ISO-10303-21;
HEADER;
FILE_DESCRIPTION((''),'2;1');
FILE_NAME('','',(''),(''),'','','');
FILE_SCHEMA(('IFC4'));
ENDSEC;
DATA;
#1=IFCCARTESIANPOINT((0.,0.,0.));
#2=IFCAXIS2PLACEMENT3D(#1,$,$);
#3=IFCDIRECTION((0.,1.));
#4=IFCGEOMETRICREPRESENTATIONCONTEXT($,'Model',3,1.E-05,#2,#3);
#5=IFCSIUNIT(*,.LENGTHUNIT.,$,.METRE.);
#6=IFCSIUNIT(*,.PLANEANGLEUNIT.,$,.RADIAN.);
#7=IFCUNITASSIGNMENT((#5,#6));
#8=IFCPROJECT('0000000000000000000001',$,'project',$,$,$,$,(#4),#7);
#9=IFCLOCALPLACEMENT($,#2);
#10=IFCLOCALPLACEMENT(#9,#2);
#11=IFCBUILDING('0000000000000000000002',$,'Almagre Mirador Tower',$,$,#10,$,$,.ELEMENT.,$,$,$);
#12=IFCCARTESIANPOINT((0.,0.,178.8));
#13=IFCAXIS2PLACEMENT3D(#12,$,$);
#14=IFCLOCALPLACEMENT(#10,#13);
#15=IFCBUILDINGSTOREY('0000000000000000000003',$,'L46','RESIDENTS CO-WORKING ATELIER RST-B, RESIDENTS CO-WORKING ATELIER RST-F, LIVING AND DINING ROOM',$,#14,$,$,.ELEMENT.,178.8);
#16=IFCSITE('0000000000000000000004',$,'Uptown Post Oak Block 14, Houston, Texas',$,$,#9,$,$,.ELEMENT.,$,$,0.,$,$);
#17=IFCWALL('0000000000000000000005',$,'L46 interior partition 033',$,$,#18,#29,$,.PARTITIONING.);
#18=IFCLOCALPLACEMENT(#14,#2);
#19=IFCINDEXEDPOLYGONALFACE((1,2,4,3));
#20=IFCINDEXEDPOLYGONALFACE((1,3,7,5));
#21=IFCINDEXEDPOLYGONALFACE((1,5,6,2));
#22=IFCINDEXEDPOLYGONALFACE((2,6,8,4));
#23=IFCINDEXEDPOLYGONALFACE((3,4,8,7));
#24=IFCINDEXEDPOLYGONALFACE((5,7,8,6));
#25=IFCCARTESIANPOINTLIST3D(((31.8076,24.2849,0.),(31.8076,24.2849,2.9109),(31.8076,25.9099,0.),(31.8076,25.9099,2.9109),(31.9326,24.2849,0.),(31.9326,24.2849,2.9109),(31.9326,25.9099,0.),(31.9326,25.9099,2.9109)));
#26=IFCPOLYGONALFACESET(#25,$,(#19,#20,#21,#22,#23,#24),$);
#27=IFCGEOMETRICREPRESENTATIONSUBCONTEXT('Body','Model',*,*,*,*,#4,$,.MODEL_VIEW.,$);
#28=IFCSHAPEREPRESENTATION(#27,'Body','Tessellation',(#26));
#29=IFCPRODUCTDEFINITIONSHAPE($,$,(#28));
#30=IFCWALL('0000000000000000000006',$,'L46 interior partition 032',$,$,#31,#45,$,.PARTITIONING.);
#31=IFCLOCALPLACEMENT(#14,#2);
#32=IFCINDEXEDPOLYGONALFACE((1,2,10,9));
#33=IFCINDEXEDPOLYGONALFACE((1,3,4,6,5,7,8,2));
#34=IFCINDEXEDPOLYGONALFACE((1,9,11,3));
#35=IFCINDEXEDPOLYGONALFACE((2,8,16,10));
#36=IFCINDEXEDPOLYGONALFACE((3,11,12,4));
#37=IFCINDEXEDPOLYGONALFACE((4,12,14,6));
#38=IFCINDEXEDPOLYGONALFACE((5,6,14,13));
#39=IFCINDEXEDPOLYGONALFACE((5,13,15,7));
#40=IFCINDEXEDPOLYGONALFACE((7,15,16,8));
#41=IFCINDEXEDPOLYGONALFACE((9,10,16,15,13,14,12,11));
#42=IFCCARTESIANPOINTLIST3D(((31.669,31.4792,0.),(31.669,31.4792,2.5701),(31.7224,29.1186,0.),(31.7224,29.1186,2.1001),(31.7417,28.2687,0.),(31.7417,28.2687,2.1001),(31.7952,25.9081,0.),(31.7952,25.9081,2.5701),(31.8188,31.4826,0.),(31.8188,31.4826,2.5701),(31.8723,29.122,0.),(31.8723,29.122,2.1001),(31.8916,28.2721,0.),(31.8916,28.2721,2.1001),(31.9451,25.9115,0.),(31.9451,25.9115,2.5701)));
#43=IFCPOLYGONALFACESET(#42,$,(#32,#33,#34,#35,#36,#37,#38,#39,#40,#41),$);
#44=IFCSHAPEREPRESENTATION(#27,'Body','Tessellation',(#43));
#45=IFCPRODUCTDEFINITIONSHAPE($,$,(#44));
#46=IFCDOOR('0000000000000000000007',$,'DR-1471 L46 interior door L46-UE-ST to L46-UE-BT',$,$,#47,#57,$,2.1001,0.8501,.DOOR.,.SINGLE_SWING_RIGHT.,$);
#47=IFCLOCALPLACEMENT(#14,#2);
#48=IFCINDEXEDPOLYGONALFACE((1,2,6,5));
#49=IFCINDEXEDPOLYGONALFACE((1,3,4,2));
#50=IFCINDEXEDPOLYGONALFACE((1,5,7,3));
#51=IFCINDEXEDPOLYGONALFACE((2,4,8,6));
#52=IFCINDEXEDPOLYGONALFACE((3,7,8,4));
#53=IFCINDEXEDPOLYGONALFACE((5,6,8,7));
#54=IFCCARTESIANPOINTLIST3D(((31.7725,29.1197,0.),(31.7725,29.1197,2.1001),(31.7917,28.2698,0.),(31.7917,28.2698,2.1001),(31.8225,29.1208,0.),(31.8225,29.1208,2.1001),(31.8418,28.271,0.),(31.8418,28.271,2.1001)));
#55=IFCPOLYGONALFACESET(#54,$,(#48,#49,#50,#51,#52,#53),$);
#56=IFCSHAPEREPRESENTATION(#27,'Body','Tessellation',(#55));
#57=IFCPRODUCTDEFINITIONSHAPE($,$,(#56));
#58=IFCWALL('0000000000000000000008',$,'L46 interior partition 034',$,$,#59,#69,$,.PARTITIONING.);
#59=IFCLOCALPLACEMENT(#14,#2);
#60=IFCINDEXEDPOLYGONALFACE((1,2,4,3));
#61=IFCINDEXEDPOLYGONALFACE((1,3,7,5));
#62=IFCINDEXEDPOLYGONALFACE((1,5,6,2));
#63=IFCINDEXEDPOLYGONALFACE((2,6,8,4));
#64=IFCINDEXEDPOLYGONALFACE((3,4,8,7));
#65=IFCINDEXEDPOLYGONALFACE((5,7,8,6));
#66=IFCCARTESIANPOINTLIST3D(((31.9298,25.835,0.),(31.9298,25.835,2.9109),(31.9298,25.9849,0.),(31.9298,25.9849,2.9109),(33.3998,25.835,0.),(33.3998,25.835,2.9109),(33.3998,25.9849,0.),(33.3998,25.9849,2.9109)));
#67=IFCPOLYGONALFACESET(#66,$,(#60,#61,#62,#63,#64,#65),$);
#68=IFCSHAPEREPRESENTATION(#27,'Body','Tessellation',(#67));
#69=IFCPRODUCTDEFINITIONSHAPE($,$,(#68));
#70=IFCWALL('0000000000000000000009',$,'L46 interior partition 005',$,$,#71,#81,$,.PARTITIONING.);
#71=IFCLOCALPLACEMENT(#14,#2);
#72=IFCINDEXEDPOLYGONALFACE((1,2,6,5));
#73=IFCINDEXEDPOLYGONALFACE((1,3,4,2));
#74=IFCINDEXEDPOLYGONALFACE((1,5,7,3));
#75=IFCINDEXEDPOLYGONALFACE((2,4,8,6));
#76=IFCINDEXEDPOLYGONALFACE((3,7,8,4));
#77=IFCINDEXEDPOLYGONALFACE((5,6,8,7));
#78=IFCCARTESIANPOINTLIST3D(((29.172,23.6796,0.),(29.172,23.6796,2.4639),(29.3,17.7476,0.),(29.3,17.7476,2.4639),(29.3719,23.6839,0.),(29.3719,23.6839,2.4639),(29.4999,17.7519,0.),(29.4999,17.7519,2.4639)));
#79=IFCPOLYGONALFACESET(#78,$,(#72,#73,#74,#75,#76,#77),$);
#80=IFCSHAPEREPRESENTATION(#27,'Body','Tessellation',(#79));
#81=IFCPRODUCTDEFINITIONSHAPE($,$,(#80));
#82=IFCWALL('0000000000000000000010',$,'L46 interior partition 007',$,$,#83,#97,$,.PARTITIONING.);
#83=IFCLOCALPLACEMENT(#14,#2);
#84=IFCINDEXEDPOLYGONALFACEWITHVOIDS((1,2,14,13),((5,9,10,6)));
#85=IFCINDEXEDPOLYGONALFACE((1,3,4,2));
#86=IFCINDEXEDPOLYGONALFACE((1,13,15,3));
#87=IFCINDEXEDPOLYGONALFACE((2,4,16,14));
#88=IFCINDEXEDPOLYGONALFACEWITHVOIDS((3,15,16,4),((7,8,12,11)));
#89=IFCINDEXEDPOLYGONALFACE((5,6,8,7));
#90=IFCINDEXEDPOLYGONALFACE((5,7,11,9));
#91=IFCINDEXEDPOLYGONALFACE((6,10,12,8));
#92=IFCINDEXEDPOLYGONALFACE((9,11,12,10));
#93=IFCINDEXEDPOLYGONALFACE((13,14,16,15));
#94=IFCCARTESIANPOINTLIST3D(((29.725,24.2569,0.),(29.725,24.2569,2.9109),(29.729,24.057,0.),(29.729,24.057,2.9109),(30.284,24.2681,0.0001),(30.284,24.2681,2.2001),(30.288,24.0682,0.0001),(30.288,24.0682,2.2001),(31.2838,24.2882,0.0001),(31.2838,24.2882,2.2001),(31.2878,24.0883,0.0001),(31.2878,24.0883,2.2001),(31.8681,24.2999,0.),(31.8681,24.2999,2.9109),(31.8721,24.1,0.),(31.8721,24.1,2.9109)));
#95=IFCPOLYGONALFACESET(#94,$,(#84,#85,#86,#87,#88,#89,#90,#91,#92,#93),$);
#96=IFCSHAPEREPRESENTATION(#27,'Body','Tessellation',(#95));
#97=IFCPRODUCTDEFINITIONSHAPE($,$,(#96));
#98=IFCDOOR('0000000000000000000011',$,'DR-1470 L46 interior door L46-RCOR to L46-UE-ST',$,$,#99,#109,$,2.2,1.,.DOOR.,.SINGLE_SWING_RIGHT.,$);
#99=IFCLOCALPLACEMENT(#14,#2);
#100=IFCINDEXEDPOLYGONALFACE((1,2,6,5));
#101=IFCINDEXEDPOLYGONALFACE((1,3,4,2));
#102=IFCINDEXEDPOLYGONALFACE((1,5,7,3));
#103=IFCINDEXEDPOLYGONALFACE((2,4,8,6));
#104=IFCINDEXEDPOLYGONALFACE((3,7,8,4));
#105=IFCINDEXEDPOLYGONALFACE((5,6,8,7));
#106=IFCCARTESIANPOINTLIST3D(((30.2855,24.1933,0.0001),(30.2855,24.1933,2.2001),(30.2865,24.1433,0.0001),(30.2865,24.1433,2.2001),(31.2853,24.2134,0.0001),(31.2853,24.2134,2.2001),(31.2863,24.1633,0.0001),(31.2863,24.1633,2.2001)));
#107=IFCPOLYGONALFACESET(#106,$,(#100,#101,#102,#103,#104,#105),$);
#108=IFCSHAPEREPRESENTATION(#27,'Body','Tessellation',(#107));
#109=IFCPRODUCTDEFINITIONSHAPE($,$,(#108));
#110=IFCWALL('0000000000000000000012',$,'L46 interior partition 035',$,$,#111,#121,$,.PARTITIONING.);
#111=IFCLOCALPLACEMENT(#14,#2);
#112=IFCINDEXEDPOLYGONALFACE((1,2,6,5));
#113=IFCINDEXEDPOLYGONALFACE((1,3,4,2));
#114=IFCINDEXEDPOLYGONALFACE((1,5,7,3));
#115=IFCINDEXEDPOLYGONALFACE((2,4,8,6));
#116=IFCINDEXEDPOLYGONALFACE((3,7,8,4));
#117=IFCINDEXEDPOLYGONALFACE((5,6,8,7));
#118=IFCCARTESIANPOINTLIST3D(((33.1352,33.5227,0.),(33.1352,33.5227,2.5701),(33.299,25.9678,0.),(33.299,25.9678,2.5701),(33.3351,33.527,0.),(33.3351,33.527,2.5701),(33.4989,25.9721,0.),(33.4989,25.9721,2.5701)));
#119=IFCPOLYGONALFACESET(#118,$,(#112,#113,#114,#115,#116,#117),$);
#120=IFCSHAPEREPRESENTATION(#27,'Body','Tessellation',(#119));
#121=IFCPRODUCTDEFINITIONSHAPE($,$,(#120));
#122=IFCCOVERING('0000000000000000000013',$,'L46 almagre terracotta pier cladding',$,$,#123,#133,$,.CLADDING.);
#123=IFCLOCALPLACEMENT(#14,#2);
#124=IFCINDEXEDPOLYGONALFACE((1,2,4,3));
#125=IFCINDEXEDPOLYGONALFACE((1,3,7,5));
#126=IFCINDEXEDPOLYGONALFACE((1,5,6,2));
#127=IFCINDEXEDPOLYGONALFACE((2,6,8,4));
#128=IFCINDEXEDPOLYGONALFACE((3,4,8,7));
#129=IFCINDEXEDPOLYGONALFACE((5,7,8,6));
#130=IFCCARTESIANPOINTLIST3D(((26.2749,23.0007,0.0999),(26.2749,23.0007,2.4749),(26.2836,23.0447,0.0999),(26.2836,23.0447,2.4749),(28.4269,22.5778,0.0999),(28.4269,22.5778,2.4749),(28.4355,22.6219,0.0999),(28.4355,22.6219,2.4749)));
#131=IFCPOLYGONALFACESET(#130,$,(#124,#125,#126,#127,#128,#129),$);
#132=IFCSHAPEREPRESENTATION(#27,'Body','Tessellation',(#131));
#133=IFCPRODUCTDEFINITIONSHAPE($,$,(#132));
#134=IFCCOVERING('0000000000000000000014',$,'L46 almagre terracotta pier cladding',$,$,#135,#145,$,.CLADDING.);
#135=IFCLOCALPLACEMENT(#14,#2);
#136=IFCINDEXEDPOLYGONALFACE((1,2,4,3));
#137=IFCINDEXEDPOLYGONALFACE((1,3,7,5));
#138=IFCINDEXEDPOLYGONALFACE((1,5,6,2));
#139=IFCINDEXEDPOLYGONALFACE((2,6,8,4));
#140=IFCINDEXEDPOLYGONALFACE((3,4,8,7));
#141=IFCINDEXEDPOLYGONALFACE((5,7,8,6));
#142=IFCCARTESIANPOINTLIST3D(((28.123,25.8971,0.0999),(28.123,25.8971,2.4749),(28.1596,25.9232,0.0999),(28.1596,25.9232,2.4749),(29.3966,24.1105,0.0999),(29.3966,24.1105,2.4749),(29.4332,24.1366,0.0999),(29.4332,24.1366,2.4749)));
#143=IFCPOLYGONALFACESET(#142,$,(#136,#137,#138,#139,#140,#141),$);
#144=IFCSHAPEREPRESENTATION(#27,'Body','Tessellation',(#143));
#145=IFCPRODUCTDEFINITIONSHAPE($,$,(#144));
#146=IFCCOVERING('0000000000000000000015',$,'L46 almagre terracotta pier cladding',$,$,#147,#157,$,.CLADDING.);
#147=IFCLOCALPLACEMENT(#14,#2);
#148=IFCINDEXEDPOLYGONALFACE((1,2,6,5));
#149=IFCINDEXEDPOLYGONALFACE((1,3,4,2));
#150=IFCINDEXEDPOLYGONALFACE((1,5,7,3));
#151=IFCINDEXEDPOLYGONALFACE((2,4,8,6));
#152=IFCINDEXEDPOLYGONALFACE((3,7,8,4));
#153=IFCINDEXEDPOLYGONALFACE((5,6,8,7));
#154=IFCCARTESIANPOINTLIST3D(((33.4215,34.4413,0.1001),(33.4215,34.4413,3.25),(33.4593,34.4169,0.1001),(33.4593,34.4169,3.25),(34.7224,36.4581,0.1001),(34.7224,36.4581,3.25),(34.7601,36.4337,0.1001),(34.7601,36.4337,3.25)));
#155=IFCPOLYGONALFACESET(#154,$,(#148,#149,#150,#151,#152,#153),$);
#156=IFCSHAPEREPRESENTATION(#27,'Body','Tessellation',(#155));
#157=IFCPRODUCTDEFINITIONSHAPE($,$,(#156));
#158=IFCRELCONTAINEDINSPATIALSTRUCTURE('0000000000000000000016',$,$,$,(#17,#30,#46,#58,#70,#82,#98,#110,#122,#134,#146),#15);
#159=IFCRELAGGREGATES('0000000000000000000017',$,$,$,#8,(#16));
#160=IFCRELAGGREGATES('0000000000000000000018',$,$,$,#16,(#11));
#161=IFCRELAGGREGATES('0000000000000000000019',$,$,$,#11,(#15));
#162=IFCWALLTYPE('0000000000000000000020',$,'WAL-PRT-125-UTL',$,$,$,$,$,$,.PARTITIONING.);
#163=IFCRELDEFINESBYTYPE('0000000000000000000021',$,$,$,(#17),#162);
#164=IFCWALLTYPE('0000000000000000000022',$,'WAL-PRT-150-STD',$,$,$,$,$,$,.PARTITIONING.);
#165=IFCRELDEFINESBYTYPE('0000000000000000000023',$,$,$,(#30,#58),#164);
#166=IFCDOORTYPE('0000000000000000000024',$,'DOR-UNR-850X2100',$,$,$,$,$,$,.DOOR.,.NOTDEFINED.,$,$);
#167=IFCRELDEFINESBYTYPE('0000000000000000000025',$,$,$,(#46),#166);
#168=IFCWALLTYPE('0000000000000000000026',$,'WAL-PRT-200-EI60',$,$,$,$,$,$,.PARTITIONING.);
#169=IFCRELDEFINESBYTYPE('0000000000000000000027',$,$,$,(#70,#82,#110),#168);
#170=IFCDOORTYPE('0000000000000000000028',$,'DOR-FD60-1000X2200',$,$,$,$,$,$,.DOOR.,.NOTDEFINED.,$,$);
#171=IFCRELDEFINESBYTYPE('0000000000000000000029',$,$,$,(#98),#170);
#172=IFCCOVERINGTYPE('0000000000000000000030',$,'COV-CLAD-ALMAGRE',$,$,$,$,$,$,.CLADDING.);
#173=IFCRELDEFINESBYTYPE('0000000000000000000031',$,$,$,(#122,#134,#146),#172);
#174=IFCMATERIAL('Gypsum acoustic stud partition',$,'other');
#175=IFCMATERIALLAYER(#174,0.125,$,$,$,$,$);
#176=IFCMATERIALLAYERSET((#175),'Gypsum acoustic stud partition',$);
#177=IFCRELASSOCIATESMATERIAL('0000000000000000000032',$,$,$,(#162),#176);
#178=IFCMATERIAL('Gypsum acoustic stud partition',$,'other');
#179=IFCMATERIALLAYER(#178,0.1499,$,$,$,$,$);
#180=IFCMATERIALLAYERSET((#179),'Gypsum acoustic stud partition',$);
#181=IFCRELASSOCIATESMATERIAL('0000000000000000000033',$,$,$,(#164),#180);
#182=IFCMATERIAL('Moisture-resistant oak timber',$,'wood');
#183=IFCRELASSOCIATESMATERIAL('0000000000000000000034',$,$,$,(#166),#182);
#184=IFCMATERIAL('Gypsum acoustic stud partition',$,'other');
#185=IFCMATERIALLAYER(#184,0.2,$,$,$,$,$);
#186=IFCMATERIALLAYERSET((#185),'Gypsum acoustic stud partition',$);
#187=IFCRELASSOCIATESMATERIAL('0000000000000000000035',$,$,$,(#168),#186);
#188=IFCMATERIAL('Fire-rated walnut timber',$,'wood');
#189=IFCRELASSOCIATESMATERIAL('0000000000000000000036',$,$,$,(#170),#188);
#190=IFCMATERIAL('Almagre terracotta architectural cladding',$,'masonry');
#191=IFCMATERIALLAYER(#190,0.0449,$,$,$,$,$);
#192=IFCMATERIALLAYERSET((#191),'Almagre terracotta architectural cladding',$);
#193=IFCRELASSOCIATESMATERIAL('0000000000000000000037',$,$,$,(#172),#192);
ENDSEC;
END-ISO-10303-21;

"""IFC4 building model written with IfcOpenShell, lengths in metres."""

from ifc_helpers import new_model, si_unit, direction, frame, frame_2d, origin, origin_2d, place, context, subcontext, project, spatial, rectangle, extrude, material, layer, layer_set, type_object, element, fill, save


model = new_model("IFC4")

# Units and contexts
model_context = context("Model", 3, precision=1e-05, world=origin(), true_north=direction((0.0, 1.0)))
body_context = subcontext(model_context, "Body", "Model", "MODEL_VIEW")
ifc_project = project(units=[si_unit("LENGTHUNIT", "METRE"), si_unit("PLANEANGLEUNIT", "RADIAN")], contexts=[model_context])

# Site, building, storey
site_placement = place(None, origin())
site = spatial("IfcSite", under=ifc_project, at=site_placement, Name="Uptown Post Oak Block 14, Houston, Texas", CompositionType="ELEMENT", RefElevation=0.0)
building_placement = place(site_placement, origin())
building = spatial("IfcBuilding", under=site, at=building_placement, Name="Almagre Mirador Tower", CompositionType="ELEMENT")
storey_placement = place(building_placement, frame((0.0, 0.0, 178.8)))
storey = spatial("IfcBuildingStorey", under=building, at=storey_placement, Name="L46", Description="RESIDENTS CO-WORKING ATELIER RST-B, RESIDENTS CO-WORKING ATELIER RST-F, LIVING AND DINING ROOM", CompositionType="ELEMENT", Elevation=178.8)

# Wall
ifc_material_1 = material(Name="Gypsum acoustic stud partition", Category="other")
ifc_layer_1 = layer(ifc_material_1, 0.125)
ifc_layer_set_1 = layer_set([ifc_layer_1], Name="Gypsum acoustic stud partition")
wall_type_1 = type_object("IfcWallType", Name="WAL-PRT-125-UTL", PredefinedType="PARTITIONING", material=ifc_layer_set_1)
wall_1_placement = place(storey_placement, frame((31.8701, 25.9099, 0.0), z_axis=(0.0, 0.0, 1.0), x_axis=(0.0, -1.0, 0.0)))
element("IfcWall", 1, at=wall_1_placement, inside=storey, type_object=wall_type_1, Name="L46 interior partition 033", PredefinedType="PARTITIONING", context=body_context, shape_type="SweptSolid", body=[
    extrude(rectangle(XDim=1.625, YDim=0.125, at=frame_2d((0.8125, 0.0))), origin(), (0.0, 0.0, 1.0), 2.9109),
])

# Wall, opening, door
ifc_material_2 = material(Name="Gypsum acoustic stud partition", Category="other")
ifc_layer_2 = layer(ifc_material_2, 0.1499)
ifc_layer_set_2 = layer_set([ifc_layer_2], Name="Gypsum acoustic stud partition")
wall_type_2 = type_object("IfcWallType", Name="WAL-PRT-150-STD", PredefinedType="PARTITIONING", material=ifc_layer_set_2)
wall_2_placement = place(storey_placement, frame((31.8701, 25.9099, 0.0), z_axis=(0.0, 0.0, 1.0), x_axis=(-0.022651, 0.999743, 0.0)))
wall_2 = element("IfcWall", 2, at=wall_2_placement, inside=storey, type_object=wall_type_2, Name="L46 interior partition 032", PredefinedType="PARTITIONING", context=body_context, shape_type="SweptSolid", body=[
    extrude(rectangle(XDim=5.5725, YDim=0.1499, at=frame_2d((2.7861, 0.0))), origin(), (0.0, 0.0, 1.0), 2.5701),
])
opening_1_placement = place(wall_2_placement, frame((2.3611, 0.0, 0.0)))
opening_1 = element("IfcOpeningElement", 3, at=opening_1_placement, cuts=wall_2, PredefinedType="OPENING", context=body_context, shape_type="SweptSolid", body=[
    extrude(rectangle(XDim=0.8501, YDim=2.1001, at=frame_2d((0.425, 1.05))), frame((0.0, 0.085, 0.0), z_axis=(0.0, -1.0, 0.0), x_axis=(1.0, 0.0, 0.0)), (0.0, 0.0, 1.0), 0.1699),
])
ifc_material_3 = material(Name="Moisture-resistant oak timber", Category="wood")
door_type_1 = type_object("IfcDoorType", Name="DOR-UNR-850X2100", OperationType="NOTDEFINED", PredefinedType="DOOR", material=ifc_material_3)
door_1_placement = place(opening_1_placement, origin())
door_1 = element("IfcDoor", 4, at=door_1_placement, inside=storey, type_object=door_type_1, Name="DR-1471 L46 interior door L46-UE-ST to L46-UE-BT", OperationType="SINGLE_SWING_RIGHT", OverallHeight=2.1001, OverallWidth=0.8501, PredefinedType="DOOR", context=body_context, shape_type="SweptSolid", body=[
    extrude(rectangle(XDim=0.8501, YDim=2.1001, at=frame_2d((0.425, 1.05))), frame((0.0, 0.0249, 0.0), z_axis=(0.0, -1.0, 0.0), x_axis=(1.0, 0.0, 0.0)), (0.0, 0.0, 1.0), 0.05),
])
fill(opening_1, door_1)

# Walls
wall_3_placement = place(storey_placement, frame((31.9299, 25.9099, 0.0), z_axis=(0.0, 0.0, 1.0), x_axis=(1.0, 0.0, 0.0)))
element("IfcWall", 5, at=wall_3_placement, inside=storey, type_object=wall_type_2, Name="L46 interior partition 034", PredefinedType="PARTITIONING", context=body_context, shape_type="SweptSolid", body=[
    extrude(rectangle(XDim=1.47, YDim=0.1499, at=frame_2d((0.7349, 0.0))), origin(), (0.0, 0.0, 1.0), 2.9109),
])
ifc_material_4 = material(Name="Gypsum acoustic stud partition", Category="other")
ifc_layer_3 = layer(ifc_material_4, 0.2)
ifc_layer_set_3 = layer_set([ifc_layer_3], Name="Gypsum acoustic stud partition")
wall_type_3 = type_object("IfcWallType", Name="WAL-PRT-200-EI60", PredefinedType="PARTITIONING", material=ifc_layer_set_3)
wall_4_placement = place(storey_placement, frame((29.272, 23.6819, 0.0), z_axis=(0.0, 0.0, 1.0), x_axis=(0.021561, -0.999768, 0.0)))
element("IfcWall", 6, at=wall_4_placement, inside=storey, type_object=wall_type_3, Name="L46 interior partition 005", PredefinedType="PARTITIONING", context=body_context, shape_type="SweptSolid", body=[
    extrude(rectangle(XDim=5.9333, YDim=0.2, at=frame_2d((2.9668, 0.0))), origin(), (0.0, 0.0, 1.0), 2.4639),
])

# Wall, opening, door
wall_5_placement = place(storey_placement, frame((31.8701, 24.2, 0.0), z_axis=(0.0, 0.0, 1.0), x_axis=(-0.999799, -0.020046, 0.0)))
wall_5 = element("IfcWall", 7, at=wall_5_placement, inside=storey, type_object=wall_type_3, Name="L46 interior partition 007", PredefinedType="PARTITIONING", context=body_context, shape_type="SweptSolid", body=[
    extrude(rectangle(XDim=2.1436, YDim=0.2, at=frame_2d((1.0718, 0.0))), origin(), (0.0, 0.0, 1.0), 2.9109),
])
opening_2_placement = place(wall_5_placement, frame((0.5845, 0.0, 0.0)))
opening_2 = element("IfcOpeningElement", 8, at=opening_2_placement, cuts=wall_5, PredefinedType="OPENING", context=body_context, shape_type="SweptSolid", body=[
    extrude(rectangle(XDim=1.0, YDim=2.2, at=frame_2d((0.5, 1.1001))), frame((0.0, 0.1101, 0.0), z_axis=(0.0, -1.0, 0.0), x_axis=(1.0, 0.0, 0.0)), (0.0, 0.0, 1.0), 0.22),
])
ifc_material_5 = material(Name="Fire-rated walnut timber", Category="wood")
door_type_2 = type_object("IfcDoorType", Name="DOR-FD60-1000X2200", OperationType="NOTDEFINED", PredefinedType="DOOR", material=ifc_material_5)
door_2_placement = place(opening_2_placement, origin())
door_2 = element("IfcDoor", 9, at=door_2_placement, inside=storey, type_object=door_type_2, Name="DR-1470 L46 interior door L46-RCOR to L46-UE-ST", OperationType="SINGLE_SWING_RIGHT", OverallHeight=2.2, OverallWidth=1.0, PredefinedType="DOOR", context=body_context, shape_type="SweptSolid", body=[
    extrude(rectangle(XDim=1.0, YDim=2.2, at=frame_2d((0.5, 1.1001))), frame((0.0, 0.0249, 0.0), z_axis=(0.0, -1.0, 0.0), x_axis=(1.0, 0.0, 0.0)), (0.0, 0.0, 1.0), 0.05),
])
fill(opening_2, door_2)

# Wall
wall_6_placement = place(storey_placement, frame((33.3989, 25.97, 0.0), z_axis=(0.0, 0.0, 1.0), x_axis=(-0.021679, 0.999765, 0.0)))
element("IfcWall", 10, at=wall_6_placement, inside=storey, type_object=wall_type_3, Name="L46 interior partition 035", PredefinedType="PARTITIONING", context=body_context, shape_type="SweptSolid", body=[
    extrude(rectangle(XDim=7.5566, YDim=0.2, at=frame_2d((3.7783, 0.0))), origin(), (0.0, 0.0, 1.0), 2.5701),
])

# Coverings
ifc_material_6 = material(Name="Almagre terracotta architectural cladding", Category="masonry")
ifc_layer_4 = layer(ifc_material_6, 0.0449)
ifc_layer_set_4 = layer_set([ifc_layer_4], Name="Almagre terracotta architectural cladding")
covering_type = type_object("IfcCoveringType", Name="COV-CLAD-ALMAGRE", PredefinedType="CLADDING", material=ifc_layer_set_4)
covering_1_placement = place(storey_placement, frame((27.3552, 22.8113, 0.0999), z_axis=(0.0, 0.0, 1.0), x_axis=(0.981239, -0.192796, 0.0)))
element("IfcCovering", 11, at=covering_1_placement, inside=storey, type_object=covering_type, Name="L46 almagre terracotta pier cladding", PredefinedType="CLADDING", context=body_context, shape_type="SweptSolid", body=[
    extrude(rectangle(XDim=2.1931, YDim=0.0449, at=origin_2d()), origin(), (0.0, 0.0, 1.0), 2.375),
])
covering_2_placement = place(storey_placement, frame((28.7781, 25.0168, 0.0999), z_axis=(0.0, 0.0, 1.0), x_axis=(-0.580476, 0.814278, 0.0)))
element("IfcCovering", 12, at=covering_2_placement, inside=storey, type_object=covering_type, Name="L46 almagre terracotta pier cladding", PredefinedType="CLADDING", context=body_context, shape_type="SweptSolid", body=[
    extrude(rectangle(XDim=2.1941, YDim=0.0449, at=origin_2d()), origin(), (0.0, 0.0, 1.0), 2.375),
])
covering_3_placement = place(storey_placement, frame((34.0908, 35.4375, 0.1001), z_axis=(0.0, 0.0, 1.0), x_axis=(0.542031, 0.840359, 0.0)))
element("IfcCovering", 13, at=covering_3_placement, inside=storey, type_object=covering_type, Name="L46 almagre terracotta pier cladding", PredefinedType="CLADDING", context=body_context, shape_type="SweptSolid", body=[
    extrude(rectangle(XDim=2.3999, YDim=0.0449, at=origin_2d()), origin(), (0.0, 0.0, 1.0), 3.1499),
])

save(model, "model.ifc")
